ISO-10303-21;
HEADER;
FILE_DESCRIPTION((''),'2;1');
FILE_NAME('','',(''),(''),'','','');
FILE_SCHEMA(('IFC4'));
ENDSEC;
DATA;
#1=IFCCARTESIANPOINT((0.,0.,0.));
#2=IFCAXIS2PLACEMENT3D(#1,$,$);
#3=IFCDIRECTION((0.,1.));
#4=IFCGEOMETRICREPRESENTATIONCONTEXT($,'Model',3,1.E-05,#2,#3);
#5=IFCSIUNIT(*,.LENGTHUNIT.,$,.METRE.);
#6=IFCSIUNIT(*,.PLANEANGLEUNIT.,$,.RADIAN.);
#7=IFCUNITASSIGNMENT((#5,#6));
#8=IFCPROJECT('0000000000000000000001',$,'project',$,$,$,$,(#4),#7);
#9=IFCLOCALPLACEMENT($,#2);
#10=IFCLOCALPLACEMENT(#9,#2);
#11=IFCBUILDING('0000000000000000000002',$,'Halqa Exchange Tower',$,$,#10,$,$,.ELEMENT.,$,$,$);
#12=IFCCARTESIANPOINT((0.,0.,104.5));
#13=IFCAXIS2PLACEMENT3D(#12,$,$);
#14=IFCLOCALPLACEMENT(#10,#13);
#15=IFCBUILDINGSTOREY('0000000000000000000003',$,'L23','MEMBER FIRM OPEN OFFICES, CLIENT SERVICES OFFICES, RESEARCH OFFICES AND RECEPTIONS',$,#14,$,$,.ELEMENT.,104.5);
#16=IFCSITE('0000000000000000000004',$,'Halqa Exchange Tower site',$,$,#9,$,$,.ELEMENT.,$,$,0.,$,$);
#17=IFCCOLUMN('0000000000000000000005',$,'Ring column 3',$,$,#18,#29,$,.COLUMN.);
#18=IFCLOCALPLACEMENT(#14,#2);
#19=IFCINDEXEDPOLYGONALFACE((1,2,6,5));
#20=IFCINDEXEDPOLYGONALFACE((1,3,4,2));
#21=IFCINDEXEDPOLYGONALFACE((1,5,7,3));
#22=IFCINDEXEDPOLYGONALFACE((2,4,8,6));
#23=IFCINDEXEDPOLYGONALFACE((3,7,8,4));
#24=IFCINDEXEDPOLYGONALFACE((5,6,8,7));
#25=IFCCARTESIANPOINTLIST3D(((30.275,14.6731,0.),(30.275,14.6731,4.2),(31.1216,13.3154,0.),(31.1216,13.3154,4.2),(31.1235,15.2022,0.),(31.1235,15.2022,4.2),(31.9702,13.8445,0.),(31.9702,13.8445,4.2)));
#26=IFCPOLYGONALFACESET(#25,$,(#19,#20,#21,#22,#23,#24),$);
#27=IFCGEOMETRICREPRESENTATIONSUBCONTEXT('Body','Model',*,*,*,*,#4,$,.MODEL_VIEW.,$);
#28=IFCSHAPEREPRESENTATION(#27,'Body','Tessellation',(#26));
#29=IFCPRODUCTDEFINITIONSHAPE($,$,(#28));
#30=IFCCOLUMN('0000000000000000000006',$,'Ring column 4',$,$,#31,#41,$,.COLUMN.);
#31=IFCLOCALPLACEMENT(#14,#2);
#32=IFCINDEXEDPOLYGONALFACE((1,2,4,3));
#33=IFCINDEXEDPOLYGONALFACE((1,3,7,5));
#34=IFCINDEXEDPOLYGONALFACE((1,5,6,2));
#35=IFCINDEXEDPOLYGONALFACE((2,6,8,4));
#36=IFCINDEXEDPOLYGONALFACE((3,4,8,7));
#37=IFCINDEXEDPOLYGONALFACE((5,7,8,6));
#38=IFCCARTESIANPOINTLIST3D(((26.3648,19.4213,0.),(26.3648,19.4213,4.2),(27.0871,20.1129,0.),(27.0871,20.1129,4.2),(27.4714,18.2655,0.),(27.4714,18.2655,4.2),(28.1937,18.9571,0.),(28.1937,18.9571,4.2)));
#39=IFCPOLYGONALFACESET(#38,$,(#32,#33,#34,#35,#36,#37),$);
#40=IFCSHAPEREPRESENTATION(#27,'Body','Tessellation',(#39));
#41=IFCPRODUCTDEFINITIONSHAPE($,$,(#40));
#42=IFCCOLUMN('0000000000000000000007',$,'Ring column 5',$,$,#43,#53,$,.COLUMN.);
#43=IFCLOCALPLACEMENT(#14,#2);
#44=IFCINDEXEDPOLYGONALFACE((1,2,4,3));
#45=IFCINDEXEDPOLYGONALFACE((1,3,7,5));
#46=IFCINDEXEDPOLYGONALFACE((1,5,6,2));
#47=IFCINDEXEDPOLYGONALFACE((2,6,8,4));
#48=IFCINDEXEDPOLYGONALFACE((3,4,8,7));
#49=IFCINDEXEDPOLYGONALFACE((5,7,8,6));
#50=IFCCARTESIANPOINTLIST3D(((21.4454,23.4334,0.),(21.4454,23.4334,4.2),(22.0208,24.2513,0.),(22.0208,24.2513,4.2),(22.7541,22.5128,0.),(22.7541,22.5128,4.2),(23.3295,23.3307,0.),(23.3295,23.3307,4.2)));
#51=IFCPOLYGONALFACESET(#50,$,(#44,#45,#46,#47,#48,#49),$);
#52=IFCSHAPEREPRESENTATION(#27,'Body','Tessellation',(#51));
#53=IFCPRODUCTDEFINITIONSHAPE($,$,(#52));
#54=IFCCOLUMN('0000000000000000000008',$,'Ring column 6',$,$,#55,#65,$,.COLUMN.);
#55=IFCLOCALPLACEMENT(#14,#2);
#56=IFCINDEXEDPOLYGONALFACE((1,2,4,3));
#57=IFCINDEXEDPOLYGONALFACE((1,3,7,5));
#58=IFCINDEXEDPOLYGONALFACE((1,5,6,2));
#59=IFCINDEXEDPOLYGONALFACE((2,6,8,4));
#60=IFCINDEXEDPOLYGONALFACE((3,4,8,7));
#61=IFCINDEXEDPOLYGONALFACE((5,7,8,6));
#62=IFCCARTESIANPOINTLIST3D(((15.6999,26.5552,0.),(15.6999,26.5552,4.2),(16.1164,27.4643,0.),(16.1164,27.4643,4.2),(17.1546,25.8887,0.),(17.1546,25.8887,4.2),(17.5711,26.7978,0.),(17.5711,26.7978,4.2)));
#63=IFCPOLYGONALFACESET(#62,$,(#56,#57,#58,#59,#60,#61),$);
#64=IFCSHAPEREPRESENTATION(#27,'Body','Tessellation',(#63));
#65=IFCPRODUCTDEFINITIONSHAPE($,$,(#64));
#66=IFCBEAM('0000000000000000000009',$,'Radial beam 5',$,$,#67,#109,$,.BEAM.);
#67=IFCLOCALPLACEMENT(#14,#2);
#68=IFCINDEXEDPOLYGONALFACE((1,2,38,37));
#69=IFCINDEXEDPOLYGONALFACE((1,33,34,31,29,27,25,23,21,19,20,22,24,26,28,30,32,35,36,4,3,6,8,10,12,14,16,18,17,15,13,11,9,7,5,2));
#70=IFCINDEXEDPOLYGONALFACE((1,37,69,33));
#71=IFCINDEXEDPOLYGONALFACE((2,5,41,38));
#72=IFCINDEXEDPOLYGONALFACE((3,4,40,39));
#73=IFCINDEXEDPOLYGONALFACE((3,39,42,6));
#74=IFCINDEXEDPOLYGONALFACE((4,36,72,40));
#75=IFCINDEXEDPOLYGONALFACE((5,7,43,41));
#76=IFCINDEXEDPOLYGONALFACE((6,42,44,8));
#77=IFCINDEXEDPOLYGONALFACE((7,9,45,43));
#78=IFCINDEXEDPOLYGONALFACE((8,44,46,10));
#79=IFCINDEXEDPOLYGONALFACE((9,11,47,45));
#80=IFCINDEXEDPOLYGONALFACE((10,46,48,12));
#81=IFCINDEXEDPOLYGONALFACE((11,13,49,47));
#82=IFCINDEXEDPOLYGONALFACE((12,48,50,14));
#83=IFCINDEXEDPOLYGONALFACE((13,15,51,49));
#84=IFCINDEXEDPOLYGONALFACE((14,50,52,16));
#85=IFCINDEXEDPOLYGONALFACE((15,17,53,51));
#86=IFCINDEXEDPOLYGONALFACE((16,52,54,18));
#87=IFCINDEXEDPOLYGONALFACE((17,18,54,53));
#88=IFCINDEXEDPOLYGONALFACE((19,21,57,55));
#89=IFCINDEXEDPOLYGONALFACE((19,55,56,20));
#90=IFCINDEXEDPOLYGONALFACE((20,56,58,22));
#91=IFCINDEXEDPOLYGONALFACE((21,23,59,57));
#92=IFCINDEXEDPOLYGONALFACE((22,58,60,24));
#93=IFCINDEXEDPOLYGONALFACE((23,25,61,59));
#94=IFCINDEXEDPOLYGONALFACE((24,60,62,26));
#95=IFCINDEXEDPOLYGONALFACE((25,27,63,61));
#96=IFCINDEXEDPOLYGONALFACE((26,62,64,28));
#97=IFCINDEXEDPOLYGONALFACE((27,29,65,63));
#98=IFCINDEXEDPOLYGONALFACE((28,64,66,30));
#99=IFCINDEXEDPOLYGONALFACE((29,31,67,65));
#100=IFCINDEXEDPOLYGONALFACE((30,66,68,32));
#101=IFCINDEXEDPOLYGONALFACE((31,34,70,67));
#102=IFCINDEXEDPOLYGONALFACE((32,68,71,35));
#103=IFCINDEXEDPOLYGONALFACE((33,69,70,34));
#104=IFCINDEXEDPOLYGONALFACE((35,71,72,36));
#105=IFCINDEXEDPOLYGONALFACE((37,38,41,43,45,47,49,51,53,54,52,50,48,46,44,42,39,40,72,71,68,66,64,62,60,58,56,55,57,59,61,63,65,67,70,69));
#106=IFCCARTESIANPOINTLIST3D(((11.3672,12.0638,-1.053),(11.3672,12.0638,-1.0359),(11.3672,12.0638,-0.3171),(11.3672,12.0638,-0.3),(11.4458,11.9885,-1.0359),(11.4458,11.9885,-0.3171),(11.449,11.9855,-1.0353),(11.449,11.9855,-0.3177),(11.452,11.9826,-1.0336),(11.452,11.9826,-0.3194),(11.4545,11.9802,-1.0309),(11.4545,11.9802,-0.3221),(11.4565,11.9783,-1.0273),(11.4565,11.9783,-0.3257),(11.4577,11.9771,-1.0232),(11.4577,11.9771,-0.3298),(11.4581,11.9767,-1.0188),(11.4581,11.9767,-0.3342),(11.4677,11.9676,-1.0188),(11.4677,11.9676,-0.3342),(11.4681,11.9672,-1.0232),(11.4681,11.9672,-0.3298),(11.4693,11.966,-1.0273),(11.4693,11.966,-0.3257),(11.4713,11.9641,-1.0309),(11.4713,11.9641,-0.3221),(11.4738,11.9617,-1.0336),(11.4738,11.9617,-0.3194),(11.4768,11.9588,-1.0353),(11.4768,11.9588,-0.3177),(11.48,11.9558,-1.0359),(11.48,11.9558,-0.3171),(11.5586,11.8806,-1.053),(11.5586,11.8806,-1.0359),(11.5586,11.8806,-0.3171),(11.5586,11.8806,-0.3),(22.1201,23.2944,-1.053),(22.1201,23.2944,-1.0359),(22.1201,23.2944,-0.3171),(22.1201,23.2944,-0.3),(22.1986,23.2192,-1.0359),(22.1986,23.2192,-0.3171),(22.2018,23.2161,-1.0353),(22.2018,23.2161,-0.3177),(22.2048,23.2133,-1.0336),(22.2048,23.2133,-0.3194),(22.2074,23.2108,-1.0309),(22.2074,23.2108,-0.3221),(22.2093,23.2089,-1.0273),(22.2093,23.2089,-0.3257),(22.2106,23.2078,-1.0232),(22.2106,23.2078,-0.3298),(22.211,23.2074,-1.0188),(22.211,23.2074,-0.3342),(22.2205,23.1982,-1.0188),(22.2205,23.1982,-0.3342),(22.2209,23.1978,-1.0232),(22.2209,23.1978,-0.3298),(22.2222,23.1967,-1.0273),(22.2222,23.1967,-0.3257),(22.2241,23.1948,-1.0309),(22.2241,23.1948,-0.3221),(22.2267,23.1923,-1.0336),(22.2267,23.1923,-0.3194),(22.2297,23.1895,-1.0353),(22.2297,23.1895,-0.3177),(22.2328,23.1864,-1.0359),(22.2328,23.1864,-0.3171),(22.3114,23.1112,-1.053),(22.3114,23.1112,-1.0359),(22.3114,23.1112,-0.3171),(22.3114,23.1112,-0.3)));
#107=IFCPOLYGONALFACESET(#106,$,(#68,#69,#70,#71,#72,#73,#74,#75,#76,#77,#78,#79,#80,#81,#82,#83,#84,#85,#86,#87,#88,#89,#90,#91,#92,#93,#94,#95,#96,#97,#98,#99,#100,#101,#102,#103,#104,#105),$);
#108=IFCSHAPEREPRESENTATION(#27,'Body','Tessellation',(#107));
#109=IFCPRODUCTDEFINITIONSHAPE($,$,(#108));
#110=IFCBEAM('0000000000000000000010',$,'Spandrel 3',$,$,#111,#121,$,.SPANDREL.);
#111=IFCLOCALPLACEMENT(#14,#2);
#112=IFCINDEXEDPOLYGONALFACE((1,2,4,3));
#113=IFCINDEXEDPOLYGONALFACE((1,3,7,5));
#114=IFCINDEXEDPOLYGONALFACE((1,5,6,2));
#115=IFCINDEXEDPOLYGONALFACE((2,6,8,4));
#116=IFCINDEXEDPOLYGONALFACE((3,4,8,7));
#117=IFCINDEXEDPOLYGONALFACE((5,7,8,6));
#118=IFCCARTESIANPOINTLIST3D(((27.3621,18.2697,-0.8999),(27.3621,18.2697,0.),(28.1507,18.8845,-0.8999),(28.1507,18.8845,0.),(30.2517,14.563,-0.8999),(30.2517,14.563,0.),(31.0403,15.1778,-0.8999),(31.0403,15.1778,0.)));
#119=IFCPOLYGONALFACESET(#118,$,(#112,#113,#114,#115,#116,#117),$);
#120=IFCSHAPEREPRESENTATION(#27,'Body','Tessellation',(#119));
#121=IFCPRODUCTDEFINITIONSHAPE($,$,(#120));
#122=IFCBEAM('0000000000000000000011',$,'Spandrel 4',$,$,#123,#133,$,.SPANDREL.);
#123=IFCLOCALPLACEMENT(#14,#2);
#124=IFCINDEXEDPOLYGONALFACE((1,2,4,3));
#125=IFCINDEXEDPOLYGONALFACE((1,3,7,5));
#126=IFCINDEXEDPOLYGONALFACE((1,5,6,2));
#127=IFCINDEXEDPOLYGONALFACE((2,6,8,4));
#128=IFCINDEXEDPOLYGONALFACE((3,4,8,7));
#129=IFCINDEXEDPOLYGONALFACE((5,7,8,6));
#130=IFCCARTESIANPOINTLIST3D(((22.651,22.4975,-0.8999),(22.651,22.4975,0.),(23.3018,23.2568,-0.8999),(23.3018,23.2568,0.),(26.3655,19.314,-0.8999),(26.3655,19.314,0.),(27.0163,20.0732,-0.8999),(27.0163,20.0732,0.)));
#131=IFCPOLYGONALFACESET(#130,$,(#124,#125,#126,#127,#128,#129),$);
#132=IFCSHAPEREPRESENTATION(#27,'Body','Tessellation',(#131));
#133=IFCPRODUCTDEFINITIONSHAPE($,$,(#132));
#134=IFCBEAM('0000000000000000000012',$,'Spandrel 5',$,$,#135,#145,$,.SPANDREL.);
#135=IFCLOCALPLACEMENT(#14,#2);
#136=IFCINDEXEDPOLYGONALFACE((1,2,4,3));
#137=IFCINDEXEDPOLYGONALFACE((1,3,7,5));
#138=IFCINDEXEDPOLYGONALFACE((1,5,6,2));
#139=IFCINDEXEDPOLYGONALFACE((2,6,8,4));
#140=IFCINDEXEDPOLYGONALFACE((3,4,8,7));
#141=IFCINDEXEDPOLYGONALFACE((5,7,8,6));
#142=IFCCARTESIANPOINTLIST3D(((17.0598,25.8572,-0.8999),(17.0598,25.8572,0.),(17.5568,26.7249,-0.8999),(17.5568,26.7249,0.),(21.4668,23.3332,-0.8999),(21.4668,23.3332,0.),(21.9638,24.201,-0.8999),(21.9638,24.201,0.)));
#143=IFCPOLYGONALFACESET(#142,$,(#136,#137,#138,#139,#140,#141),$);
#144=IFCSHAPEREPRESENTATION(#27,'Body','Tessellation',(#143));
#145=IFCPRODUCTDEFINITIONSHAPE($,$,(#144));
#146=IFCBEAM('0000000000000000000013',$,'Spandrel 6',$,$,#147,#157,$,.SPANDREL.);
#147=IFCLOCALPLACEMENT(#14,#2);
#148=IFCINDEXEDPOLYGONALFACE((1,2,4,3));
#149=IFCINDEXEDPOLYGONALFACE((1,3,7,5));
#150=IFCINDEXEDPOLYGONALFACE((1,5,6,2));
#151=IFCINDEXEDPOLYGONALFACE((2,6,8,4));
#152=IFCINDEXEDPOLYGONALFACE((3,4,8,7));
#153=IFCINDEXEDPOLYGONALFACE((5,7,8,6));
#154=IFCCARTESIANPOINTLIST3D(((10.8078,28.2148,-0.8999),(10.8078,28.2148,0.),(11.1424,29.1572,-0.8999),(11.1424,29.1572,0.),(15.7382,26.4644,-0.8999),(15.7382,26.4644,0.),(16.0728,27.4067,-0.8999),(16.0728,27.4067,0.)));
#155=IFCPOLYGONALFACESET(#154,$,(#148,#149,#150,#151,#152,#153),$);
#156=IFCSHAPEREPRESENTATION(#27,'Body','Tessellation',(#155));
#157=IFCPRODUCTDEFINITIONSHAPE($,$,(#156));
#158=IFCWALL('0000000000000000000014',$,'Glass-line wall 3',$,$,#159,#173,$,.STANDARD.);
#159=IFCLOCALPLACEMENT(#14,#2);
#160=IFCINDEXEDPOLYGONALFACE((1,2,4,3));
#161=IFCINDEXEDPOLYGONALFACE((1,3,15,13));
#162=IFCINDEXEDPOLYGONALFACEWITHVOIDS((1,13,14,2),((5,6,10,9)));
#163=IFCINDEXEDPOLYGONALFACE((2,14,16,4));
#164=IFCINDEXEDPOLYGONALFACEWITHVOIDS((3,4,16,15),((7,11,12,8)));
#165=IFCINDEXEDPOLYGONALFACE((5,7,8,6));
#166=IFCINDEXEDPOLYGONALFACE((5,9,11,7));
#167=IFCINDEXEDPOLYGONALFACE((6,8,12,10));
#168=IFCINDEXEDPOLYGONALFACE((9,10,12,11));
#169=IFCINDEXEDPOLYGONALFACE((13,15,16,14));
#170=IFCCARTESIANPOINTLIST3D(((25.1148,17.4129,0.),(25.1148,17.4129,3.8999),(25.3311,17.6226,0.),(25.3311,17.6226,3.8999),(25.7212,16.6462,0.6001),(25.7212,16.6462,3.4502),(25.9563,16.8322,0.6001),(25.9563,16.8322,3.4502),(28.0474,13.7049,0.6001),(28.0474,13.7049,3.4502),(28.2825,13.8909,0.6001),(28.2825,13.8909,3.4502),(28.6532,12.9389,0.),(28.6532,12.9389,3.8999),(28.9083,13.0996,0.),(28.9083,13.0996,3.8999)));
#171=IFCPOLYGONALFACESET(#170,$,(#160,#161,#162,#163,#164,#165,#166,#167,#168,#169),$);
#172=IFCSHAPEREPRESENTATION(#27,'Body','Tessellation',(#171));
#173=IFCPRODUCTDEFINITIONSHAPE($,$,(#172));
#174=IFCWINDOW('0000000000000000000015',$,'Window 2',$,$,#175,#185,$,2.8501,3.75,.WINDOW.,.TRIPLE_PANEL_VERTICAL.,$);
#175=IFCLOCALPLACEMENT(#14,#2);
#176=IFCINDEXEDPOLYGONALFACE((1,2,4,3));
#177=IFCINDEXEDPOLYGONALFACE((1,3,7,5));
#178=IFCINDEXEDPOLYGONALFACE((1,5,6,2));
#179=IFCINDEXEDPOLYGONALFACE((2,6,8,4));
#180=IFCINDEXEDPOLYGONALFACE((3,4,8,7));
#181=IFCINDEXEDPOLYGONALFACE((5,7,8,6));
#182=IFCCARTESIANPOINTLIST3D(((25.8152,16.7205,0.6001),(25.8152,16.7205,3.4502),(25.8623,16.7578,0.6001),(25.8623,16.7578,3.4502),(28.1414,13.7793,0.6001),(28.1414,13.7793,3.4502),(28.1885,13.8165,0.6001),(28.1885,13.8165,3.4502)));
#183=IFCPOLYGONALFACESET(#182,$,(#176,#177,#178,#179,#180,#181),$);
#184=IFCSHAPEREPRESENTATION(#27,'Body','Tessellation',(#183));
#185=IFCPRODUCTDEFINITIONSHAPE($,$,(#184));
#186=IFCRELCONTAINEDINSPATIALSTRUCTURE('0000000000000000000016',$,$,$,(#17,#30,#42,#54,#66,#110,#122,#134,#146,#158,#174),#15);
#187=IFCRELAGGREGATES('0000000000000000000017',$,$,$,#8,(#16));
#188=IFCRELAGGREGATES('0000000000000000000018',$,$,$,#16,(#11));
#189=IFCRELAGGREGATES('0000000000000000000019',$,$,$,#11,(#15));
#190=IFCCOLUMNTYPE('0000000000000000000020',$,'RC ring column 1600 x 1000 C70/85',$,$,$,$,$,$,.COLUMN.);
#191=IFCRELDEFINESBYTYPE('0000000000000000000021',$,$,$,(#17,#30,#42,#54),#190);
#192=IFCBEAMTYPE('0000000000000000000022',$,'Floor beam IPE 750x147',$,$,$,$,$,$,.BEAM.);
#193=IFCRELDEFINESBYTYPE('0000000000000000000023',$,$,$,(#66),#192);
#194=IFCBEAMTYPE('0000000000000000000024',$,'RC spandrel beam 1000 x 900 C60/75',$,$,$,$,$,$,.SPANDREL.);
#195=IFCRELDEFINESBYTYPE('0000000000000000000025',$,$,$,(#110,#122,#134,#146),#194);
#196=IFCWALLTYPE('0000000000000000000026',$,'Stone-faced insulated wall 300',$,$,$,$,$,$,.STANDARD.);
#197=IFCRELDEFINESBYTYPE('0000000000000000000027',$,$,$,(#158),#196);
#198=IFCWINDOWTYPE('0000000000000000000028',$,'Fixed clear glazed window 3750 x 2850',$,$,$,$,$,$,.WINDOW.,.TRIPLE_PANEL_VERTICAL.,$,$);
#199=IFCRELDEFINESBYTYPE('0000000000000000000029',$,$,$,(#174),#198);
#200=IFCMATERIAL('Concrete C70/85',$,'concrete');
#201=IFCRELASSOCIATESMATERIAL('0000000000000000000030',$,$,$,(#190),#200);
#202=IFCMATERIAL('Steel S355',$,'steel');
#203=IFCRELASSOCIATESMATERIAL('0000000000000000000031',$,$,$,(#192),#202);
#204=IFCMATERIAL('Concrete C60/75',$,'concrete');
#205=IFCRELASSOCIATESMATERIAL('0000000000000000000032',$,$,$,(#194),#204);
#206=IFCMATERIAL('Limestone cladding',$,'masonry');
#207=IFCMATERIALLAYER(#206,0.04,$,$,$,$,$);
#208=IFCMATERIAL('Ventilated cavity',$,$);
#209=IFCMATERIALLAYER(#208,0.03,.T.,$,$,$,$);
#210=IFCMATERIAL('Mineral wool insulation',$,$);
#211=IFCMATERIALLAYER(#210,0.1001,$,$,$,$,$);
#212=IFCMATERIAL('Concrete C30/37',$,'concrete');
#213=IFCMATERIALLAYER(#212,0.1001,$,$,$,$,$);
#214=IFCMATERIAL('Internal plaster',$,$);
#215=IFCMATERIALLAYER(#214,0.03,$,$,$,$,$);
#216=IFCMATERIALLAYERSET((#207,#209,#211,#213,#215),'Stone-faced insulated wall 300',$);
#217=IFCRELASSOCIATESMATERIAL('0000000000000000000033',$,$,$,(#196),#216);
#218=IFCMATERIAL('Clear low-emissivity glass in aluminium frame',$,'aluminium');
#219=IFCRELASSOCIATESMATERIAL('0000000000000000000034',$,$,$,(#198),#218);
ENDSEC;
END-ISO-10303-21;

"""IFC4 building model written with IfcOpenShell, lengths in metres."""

from ifc_helpers import new_model, si_unit, direction, frame, frame_2d, origin, origin_2d, place, context, subcontext, project, spatial, polyline, rectangle, i_section, outline, extrude, material, layer, layer_set, material_profile, profile_set, type_object, element, fill, save


model = new_model("IFC4")

# Units and contexts
model_context = context("Model", 3, precision=1e-05, world=origin(), true_north=direction((0.0, 1.0)))
body_context = subcontext(model_context, "Body", "Model", "MODEL_VIEW")
ifc_project = project(units=[si_unit("LENGTHUNIT", "METRE"), si_unit("PLANEANGLEUNIT", "RADIAN")], contexts=[model_context])

# Site, building, storey
site_placement = place(None, origin())
site = spatial("IfcSite", under=ifc_project, at=site_placement, Name="Halqa Exchange Tower site", CompositionType="ELEMENT", RefElevation=0.0)
building_placement = place(site_placement, origin())
building = spatial("IfcBuilding", under=site, at=building_placement, Name="Halqa Exchange Tower", CompositionType="ELEMENT")
storey_placement = place(building_placement, frame((0.0, 0.0, 104.5)))
storey = spatial("IfcBuildingStorey", under=building, at=storey_placement, Name="L23", Description="MEMBER FIRM OPEN OFFICES, CLIENT SERVICES OFFICES, RESEARCH OFFICES AND RECEPTIONS", CompositionType="ELEMENT", Elevation=104.5)

# Columns
ifc_material_1 = material(Name="Concrete C70/85", Category="concrete")
ifc_material_profile_1 = material_profile(ifc_material_1, rectangle(XDim=1.6001, YDim=1.0, at=origin_2d()), Name="1600 x 1000")
ifc_profile_set_1 = profile_set([ifc_material_profile_1], Name="Concrete C70/85")
column_type = type_object("IfcColumnType", Name="RC ring column 1600 x 1000 C70/85", PredefinedType="COLUMN", material=ifc_profile_set_1)
for number, where, z_axis, x_axis, name in (
    (1, (31.1226, 14.2588, 0.0), (0.0, 0.0, 1.0), (-0.529139, 0.848535, 0.0), "Ring column 3"),
    (2, (27.2793, 19.1892, 0.0), (0.0, 0.0, 1.0), (-0.691581, 0.722299, 0.0), "Ring column 4"),
    (3, (22.3875, 23.3821, 0.0), (0.0, 0.0, 1.0), (-0.817911, 0.575345, 0.0), "Ring column 5"),
    (4, (16.6355, 26.6765, 0.0), (0.0, 0.0, 1.0), (-0.909128, 0.416517, 0.0), "Ring column 6"),
):
    element("IfcColumn", number, at=place(storey_placement, frame(where, z_axis=z_axis, x_axis=x_axis)), inside=storey, type_object=column_type, Name=name, PredefinedType="COLUMN", context=body_context, shape_type="SweptSolid", body=[
        extrude(rectangle(XDim=1.6001, YDim=1.0, at=origin_2d()), origin(), (0.0, 0.0, 1.0), 4.2),
    ])

# Beams
ifc_material_2 = material(Name="Steel S355", Category="steel")
ifc_material_profile_2 = material_profile(ifc_material_2, i_section(OverallWidth=0.2649, OverallDepth=0.7529, WebThickness=0.0132, FlangeThickness=0.0171, FilletRadius=0.0171, at=origin_2d()), Name="IPE 750x147")
ifc_profile_set_2 = profile_set([ifc_material_profile_2], Name="Steel S355")
beam_type_1 = type_object("IfcBeamType", Name="Floor beam IPE 750x147", PredefinedType="BEAM", material=ifc_profile_set_2)
beam_1_placement = place(storey_placement, frame((11.4629, 11.9722, -0.6765), z_axis=(0.691576, 0.722304, 0.0), x_axis=(-0.722304, 0.691576, 0.0)))
element("IfcBeam", 5, at=beam_1_placement, inside=storey, type_object=beam_type_1, Name="Radial beam 5", PredefinedType="BEAM", context=body_context, shape_type="SweptSolid", body=[
    extrude(i_section(OverallWidth=0.2649, OverallDepth=0.7529, WebThickness=0.0132, FlangeThickness=0.0171, FilletRadius=0.0171, at=origin_2d()), origin(), (0.0, 0.0, 1.0), 15.5483),
])
ifc_material_3 = material(Name="Concrete C60/75", Category="concrete")
ifc_material_profile_3 = material_profile(ifc_material_3, rectangle(XDim=1.0, YDim=0.8999, at=origin_2d()), Name="1000 x 900")
ifc_profile_set_3 = profile_set([ifc_material_profile_3], Name="Concrete C60/75")
beam_type_2 = type_object("IfcBeamType", Name="RC spandrel beam 1000 x 900 C60/75", PredefinedType="SPANDREL", material=ifc_profile_set_3)
beam_2_placement = place(storey_placement, frame((30.646, 14.8704, -0.45), z_axis=(-0.614814, 0.788672, 0.0), x_axis=(-0.788672, -0.614814, 0.0)))
element("IfcBeam", 6, at=beam_2_placement, inside=storey, type_object=beam_type_2, Name="Spandrel 3", PredefinedType="SPANDREL", context=body_context, shape_type="SweptSolid", body=[
    extrude(rectangle(XDim=1.0, YDim=0.8999, at=origin_2d()), origin(), (0.0, 0.0, 1.0), 4.7),
])
beam_3_placement = place(storey_placement, frame((26.6909, 19.6936, -0.45), z_axis=(-0.759292, 0.65075, 0.0), x_axis=(-0.65075, -0.759292, 0.0)))
element("IfcBeam", 7, at=beam_3_placement, inside=storey, type_object=beam_type_2, Name="Spandrel 4", PredefinedType="SPANDREL", context=body_context, shape_type="SweptSolid", body=[
    extrude(rectangle(XDim=1.0, YDim=0.8999, at=origin_2d()), origin(), (0.0, 0.0, 1.0), 4.8921),
])
beam_4_placement = place(storey_placement, frame((21.7153, 23.7671, -0.45), z_axis=(-0.867763, 0.496977, 0.0), x_axis=(-0.496977, -0.867763, 0.0)))
element("IfcBeam", 8, at=beam_4_placement, inside=storey, type_object=beam_type_2, Name="Spandrel 5", PredefinedType="SPANDREL", context=body_context, shape_type="SweptSolid", body=[
    extrude(rectangle(XDim=1.0, YDim=0.8999, at=origin_2d()), origin(), (0.0, 0.0, 1.0), 5.0786),
])
beam_5_placement = place(storey_placement, frame((15.9055, 26.9355, -0.45), z_axis=(-0.942368, 0.334577, 0.0), x_axis=(-0.334577, -0.942368, 0.0)))
element("IfcBeam", 9, at=beam_5_placement, inside=storey, type_object=beam_type_2, Name="Spandrel 6", PredefinedType="SPANDREL", context=body_context, shape_type="SweptSolid", body=[
    extrude(rectangle(XDim=1.0, YDim=0.8999, at=origin_2d()), origin(), (0.0, 0.0, 1.0), 5.2319),
])

# Wall, opening, window
ifc_material_4 = material(Name="Limestone cladding", Category="masonry")
ifc_layer_1 = layer(ifc_material_4, 0.04)
ifc_material_5 = material(Name="Ventilated cavity")
ifc_layer_2 = layer(ifc_material_5, 0.03, ventilated=True)
ifc_material_6 = material(Name="Mineral wool insulation")
ifc_layer_3 = layer(ifc_material_6, 0.1001)
ifc_material_7 = material(Name="Concrete C30/37", Category="concrete")
ifc_layer_4 = layer(ifc_material_7, 0.1001)
ifc_material_8 = material(Name="Internal plaster")
ifc_layer_5 = layer(ifc_material_8, 0.03)
ifc_layer_set = layer_set([ifc_layer_1, ifc_layer_2, ifc_layer_3, ifc_layer_4, ifc_layer_5], Name="Stone-faced insulated wall 300")
wall_type = type_object("IfcWallType", Name="Stone-faced insulated wall 300", PredefinedType="STANDARD", material=ifc_layer_set)
wall_1_placement = place(storey_placement, frame((28.7808, 13.0193, 0.0), z_axis=(0.0, 0.0, 1.0), x_axis=(-0.62033, 0.784341, 0.0)))
wall_1 = element("IfcWall", 10, at=wall_1_placement, inside=storey, type_object=wall_type, Name="Glass-line wall 3", PredefinedType="STANDARD", context=body_context, shape_type="SweptSolid", body=[
    extrude(outline(polyline([(-0.0161, -0.1499), (5.7505, -0.1499), (5.7202, 0.1499), (0.0161, 0.1499), (-0.0161, -0.1499)])), origin(), (0.0, 0.0, 1.0), 3.8999),
])
opening_1_placement = place(wall_1_placement, frame((0.9927, 0.0, 0.6001)))
opening_1 = element("IfcOpeningElement", 11, at=opening_1_placement, cuts=wall_1, PredefinedType="OPENING", context=body_context, shape_type="SweptSolid", body=[
    extrude(rectangle(XDim=3.75, YDim=2.8501, at=frame_2d((1.875, 1.425))), frame((0.0, 0.1621, 0.0), z_axis=(0.0, -1.0, 0.0), x_axis=(1.0, 0.0, 0.0)), (0.0, 0.0, 1.0), 0.324),
])
ifc_material_9 = material(Name="Clear low-emissivity glass in aluminium frame", Category="aluminium")
window_type = type_object("IfcWindowType", Name="Fixed clear glazed window 3750 x 2850", PartitioningType="TRIPLE_PANEL_VERTICAL", PredefinedType="WINDOW", material=ifc_material_9)
window_1_placement = place(opening_1_placement, origin())
window_1 = element("IfcWindow", 12, at=window_1_placement, inside=storey, type_object=window_type, Name="Window 2", OverallHeight=2.8501, OverallWidth=3.75, PartitioningType="TRIPLE_PANEL_VERTICAL", PredefinedType="WINDOW", context=body_context, shape_type="SweptSolid", body=[
    extrude(rectangle(XDim=3.75, YDim=2.8501, at=frame_2d((1.875, 1.425))), frame((0.0, 0.03, 0.0), z_axis=(0.0, -1.0, 0.0), x_axis=(1.0, 0.0, 0.0)), (0.0, 0.0, 1.0), 0.0601),
])
fill(opening_1, window_1)

save(model, "model.ifc")
